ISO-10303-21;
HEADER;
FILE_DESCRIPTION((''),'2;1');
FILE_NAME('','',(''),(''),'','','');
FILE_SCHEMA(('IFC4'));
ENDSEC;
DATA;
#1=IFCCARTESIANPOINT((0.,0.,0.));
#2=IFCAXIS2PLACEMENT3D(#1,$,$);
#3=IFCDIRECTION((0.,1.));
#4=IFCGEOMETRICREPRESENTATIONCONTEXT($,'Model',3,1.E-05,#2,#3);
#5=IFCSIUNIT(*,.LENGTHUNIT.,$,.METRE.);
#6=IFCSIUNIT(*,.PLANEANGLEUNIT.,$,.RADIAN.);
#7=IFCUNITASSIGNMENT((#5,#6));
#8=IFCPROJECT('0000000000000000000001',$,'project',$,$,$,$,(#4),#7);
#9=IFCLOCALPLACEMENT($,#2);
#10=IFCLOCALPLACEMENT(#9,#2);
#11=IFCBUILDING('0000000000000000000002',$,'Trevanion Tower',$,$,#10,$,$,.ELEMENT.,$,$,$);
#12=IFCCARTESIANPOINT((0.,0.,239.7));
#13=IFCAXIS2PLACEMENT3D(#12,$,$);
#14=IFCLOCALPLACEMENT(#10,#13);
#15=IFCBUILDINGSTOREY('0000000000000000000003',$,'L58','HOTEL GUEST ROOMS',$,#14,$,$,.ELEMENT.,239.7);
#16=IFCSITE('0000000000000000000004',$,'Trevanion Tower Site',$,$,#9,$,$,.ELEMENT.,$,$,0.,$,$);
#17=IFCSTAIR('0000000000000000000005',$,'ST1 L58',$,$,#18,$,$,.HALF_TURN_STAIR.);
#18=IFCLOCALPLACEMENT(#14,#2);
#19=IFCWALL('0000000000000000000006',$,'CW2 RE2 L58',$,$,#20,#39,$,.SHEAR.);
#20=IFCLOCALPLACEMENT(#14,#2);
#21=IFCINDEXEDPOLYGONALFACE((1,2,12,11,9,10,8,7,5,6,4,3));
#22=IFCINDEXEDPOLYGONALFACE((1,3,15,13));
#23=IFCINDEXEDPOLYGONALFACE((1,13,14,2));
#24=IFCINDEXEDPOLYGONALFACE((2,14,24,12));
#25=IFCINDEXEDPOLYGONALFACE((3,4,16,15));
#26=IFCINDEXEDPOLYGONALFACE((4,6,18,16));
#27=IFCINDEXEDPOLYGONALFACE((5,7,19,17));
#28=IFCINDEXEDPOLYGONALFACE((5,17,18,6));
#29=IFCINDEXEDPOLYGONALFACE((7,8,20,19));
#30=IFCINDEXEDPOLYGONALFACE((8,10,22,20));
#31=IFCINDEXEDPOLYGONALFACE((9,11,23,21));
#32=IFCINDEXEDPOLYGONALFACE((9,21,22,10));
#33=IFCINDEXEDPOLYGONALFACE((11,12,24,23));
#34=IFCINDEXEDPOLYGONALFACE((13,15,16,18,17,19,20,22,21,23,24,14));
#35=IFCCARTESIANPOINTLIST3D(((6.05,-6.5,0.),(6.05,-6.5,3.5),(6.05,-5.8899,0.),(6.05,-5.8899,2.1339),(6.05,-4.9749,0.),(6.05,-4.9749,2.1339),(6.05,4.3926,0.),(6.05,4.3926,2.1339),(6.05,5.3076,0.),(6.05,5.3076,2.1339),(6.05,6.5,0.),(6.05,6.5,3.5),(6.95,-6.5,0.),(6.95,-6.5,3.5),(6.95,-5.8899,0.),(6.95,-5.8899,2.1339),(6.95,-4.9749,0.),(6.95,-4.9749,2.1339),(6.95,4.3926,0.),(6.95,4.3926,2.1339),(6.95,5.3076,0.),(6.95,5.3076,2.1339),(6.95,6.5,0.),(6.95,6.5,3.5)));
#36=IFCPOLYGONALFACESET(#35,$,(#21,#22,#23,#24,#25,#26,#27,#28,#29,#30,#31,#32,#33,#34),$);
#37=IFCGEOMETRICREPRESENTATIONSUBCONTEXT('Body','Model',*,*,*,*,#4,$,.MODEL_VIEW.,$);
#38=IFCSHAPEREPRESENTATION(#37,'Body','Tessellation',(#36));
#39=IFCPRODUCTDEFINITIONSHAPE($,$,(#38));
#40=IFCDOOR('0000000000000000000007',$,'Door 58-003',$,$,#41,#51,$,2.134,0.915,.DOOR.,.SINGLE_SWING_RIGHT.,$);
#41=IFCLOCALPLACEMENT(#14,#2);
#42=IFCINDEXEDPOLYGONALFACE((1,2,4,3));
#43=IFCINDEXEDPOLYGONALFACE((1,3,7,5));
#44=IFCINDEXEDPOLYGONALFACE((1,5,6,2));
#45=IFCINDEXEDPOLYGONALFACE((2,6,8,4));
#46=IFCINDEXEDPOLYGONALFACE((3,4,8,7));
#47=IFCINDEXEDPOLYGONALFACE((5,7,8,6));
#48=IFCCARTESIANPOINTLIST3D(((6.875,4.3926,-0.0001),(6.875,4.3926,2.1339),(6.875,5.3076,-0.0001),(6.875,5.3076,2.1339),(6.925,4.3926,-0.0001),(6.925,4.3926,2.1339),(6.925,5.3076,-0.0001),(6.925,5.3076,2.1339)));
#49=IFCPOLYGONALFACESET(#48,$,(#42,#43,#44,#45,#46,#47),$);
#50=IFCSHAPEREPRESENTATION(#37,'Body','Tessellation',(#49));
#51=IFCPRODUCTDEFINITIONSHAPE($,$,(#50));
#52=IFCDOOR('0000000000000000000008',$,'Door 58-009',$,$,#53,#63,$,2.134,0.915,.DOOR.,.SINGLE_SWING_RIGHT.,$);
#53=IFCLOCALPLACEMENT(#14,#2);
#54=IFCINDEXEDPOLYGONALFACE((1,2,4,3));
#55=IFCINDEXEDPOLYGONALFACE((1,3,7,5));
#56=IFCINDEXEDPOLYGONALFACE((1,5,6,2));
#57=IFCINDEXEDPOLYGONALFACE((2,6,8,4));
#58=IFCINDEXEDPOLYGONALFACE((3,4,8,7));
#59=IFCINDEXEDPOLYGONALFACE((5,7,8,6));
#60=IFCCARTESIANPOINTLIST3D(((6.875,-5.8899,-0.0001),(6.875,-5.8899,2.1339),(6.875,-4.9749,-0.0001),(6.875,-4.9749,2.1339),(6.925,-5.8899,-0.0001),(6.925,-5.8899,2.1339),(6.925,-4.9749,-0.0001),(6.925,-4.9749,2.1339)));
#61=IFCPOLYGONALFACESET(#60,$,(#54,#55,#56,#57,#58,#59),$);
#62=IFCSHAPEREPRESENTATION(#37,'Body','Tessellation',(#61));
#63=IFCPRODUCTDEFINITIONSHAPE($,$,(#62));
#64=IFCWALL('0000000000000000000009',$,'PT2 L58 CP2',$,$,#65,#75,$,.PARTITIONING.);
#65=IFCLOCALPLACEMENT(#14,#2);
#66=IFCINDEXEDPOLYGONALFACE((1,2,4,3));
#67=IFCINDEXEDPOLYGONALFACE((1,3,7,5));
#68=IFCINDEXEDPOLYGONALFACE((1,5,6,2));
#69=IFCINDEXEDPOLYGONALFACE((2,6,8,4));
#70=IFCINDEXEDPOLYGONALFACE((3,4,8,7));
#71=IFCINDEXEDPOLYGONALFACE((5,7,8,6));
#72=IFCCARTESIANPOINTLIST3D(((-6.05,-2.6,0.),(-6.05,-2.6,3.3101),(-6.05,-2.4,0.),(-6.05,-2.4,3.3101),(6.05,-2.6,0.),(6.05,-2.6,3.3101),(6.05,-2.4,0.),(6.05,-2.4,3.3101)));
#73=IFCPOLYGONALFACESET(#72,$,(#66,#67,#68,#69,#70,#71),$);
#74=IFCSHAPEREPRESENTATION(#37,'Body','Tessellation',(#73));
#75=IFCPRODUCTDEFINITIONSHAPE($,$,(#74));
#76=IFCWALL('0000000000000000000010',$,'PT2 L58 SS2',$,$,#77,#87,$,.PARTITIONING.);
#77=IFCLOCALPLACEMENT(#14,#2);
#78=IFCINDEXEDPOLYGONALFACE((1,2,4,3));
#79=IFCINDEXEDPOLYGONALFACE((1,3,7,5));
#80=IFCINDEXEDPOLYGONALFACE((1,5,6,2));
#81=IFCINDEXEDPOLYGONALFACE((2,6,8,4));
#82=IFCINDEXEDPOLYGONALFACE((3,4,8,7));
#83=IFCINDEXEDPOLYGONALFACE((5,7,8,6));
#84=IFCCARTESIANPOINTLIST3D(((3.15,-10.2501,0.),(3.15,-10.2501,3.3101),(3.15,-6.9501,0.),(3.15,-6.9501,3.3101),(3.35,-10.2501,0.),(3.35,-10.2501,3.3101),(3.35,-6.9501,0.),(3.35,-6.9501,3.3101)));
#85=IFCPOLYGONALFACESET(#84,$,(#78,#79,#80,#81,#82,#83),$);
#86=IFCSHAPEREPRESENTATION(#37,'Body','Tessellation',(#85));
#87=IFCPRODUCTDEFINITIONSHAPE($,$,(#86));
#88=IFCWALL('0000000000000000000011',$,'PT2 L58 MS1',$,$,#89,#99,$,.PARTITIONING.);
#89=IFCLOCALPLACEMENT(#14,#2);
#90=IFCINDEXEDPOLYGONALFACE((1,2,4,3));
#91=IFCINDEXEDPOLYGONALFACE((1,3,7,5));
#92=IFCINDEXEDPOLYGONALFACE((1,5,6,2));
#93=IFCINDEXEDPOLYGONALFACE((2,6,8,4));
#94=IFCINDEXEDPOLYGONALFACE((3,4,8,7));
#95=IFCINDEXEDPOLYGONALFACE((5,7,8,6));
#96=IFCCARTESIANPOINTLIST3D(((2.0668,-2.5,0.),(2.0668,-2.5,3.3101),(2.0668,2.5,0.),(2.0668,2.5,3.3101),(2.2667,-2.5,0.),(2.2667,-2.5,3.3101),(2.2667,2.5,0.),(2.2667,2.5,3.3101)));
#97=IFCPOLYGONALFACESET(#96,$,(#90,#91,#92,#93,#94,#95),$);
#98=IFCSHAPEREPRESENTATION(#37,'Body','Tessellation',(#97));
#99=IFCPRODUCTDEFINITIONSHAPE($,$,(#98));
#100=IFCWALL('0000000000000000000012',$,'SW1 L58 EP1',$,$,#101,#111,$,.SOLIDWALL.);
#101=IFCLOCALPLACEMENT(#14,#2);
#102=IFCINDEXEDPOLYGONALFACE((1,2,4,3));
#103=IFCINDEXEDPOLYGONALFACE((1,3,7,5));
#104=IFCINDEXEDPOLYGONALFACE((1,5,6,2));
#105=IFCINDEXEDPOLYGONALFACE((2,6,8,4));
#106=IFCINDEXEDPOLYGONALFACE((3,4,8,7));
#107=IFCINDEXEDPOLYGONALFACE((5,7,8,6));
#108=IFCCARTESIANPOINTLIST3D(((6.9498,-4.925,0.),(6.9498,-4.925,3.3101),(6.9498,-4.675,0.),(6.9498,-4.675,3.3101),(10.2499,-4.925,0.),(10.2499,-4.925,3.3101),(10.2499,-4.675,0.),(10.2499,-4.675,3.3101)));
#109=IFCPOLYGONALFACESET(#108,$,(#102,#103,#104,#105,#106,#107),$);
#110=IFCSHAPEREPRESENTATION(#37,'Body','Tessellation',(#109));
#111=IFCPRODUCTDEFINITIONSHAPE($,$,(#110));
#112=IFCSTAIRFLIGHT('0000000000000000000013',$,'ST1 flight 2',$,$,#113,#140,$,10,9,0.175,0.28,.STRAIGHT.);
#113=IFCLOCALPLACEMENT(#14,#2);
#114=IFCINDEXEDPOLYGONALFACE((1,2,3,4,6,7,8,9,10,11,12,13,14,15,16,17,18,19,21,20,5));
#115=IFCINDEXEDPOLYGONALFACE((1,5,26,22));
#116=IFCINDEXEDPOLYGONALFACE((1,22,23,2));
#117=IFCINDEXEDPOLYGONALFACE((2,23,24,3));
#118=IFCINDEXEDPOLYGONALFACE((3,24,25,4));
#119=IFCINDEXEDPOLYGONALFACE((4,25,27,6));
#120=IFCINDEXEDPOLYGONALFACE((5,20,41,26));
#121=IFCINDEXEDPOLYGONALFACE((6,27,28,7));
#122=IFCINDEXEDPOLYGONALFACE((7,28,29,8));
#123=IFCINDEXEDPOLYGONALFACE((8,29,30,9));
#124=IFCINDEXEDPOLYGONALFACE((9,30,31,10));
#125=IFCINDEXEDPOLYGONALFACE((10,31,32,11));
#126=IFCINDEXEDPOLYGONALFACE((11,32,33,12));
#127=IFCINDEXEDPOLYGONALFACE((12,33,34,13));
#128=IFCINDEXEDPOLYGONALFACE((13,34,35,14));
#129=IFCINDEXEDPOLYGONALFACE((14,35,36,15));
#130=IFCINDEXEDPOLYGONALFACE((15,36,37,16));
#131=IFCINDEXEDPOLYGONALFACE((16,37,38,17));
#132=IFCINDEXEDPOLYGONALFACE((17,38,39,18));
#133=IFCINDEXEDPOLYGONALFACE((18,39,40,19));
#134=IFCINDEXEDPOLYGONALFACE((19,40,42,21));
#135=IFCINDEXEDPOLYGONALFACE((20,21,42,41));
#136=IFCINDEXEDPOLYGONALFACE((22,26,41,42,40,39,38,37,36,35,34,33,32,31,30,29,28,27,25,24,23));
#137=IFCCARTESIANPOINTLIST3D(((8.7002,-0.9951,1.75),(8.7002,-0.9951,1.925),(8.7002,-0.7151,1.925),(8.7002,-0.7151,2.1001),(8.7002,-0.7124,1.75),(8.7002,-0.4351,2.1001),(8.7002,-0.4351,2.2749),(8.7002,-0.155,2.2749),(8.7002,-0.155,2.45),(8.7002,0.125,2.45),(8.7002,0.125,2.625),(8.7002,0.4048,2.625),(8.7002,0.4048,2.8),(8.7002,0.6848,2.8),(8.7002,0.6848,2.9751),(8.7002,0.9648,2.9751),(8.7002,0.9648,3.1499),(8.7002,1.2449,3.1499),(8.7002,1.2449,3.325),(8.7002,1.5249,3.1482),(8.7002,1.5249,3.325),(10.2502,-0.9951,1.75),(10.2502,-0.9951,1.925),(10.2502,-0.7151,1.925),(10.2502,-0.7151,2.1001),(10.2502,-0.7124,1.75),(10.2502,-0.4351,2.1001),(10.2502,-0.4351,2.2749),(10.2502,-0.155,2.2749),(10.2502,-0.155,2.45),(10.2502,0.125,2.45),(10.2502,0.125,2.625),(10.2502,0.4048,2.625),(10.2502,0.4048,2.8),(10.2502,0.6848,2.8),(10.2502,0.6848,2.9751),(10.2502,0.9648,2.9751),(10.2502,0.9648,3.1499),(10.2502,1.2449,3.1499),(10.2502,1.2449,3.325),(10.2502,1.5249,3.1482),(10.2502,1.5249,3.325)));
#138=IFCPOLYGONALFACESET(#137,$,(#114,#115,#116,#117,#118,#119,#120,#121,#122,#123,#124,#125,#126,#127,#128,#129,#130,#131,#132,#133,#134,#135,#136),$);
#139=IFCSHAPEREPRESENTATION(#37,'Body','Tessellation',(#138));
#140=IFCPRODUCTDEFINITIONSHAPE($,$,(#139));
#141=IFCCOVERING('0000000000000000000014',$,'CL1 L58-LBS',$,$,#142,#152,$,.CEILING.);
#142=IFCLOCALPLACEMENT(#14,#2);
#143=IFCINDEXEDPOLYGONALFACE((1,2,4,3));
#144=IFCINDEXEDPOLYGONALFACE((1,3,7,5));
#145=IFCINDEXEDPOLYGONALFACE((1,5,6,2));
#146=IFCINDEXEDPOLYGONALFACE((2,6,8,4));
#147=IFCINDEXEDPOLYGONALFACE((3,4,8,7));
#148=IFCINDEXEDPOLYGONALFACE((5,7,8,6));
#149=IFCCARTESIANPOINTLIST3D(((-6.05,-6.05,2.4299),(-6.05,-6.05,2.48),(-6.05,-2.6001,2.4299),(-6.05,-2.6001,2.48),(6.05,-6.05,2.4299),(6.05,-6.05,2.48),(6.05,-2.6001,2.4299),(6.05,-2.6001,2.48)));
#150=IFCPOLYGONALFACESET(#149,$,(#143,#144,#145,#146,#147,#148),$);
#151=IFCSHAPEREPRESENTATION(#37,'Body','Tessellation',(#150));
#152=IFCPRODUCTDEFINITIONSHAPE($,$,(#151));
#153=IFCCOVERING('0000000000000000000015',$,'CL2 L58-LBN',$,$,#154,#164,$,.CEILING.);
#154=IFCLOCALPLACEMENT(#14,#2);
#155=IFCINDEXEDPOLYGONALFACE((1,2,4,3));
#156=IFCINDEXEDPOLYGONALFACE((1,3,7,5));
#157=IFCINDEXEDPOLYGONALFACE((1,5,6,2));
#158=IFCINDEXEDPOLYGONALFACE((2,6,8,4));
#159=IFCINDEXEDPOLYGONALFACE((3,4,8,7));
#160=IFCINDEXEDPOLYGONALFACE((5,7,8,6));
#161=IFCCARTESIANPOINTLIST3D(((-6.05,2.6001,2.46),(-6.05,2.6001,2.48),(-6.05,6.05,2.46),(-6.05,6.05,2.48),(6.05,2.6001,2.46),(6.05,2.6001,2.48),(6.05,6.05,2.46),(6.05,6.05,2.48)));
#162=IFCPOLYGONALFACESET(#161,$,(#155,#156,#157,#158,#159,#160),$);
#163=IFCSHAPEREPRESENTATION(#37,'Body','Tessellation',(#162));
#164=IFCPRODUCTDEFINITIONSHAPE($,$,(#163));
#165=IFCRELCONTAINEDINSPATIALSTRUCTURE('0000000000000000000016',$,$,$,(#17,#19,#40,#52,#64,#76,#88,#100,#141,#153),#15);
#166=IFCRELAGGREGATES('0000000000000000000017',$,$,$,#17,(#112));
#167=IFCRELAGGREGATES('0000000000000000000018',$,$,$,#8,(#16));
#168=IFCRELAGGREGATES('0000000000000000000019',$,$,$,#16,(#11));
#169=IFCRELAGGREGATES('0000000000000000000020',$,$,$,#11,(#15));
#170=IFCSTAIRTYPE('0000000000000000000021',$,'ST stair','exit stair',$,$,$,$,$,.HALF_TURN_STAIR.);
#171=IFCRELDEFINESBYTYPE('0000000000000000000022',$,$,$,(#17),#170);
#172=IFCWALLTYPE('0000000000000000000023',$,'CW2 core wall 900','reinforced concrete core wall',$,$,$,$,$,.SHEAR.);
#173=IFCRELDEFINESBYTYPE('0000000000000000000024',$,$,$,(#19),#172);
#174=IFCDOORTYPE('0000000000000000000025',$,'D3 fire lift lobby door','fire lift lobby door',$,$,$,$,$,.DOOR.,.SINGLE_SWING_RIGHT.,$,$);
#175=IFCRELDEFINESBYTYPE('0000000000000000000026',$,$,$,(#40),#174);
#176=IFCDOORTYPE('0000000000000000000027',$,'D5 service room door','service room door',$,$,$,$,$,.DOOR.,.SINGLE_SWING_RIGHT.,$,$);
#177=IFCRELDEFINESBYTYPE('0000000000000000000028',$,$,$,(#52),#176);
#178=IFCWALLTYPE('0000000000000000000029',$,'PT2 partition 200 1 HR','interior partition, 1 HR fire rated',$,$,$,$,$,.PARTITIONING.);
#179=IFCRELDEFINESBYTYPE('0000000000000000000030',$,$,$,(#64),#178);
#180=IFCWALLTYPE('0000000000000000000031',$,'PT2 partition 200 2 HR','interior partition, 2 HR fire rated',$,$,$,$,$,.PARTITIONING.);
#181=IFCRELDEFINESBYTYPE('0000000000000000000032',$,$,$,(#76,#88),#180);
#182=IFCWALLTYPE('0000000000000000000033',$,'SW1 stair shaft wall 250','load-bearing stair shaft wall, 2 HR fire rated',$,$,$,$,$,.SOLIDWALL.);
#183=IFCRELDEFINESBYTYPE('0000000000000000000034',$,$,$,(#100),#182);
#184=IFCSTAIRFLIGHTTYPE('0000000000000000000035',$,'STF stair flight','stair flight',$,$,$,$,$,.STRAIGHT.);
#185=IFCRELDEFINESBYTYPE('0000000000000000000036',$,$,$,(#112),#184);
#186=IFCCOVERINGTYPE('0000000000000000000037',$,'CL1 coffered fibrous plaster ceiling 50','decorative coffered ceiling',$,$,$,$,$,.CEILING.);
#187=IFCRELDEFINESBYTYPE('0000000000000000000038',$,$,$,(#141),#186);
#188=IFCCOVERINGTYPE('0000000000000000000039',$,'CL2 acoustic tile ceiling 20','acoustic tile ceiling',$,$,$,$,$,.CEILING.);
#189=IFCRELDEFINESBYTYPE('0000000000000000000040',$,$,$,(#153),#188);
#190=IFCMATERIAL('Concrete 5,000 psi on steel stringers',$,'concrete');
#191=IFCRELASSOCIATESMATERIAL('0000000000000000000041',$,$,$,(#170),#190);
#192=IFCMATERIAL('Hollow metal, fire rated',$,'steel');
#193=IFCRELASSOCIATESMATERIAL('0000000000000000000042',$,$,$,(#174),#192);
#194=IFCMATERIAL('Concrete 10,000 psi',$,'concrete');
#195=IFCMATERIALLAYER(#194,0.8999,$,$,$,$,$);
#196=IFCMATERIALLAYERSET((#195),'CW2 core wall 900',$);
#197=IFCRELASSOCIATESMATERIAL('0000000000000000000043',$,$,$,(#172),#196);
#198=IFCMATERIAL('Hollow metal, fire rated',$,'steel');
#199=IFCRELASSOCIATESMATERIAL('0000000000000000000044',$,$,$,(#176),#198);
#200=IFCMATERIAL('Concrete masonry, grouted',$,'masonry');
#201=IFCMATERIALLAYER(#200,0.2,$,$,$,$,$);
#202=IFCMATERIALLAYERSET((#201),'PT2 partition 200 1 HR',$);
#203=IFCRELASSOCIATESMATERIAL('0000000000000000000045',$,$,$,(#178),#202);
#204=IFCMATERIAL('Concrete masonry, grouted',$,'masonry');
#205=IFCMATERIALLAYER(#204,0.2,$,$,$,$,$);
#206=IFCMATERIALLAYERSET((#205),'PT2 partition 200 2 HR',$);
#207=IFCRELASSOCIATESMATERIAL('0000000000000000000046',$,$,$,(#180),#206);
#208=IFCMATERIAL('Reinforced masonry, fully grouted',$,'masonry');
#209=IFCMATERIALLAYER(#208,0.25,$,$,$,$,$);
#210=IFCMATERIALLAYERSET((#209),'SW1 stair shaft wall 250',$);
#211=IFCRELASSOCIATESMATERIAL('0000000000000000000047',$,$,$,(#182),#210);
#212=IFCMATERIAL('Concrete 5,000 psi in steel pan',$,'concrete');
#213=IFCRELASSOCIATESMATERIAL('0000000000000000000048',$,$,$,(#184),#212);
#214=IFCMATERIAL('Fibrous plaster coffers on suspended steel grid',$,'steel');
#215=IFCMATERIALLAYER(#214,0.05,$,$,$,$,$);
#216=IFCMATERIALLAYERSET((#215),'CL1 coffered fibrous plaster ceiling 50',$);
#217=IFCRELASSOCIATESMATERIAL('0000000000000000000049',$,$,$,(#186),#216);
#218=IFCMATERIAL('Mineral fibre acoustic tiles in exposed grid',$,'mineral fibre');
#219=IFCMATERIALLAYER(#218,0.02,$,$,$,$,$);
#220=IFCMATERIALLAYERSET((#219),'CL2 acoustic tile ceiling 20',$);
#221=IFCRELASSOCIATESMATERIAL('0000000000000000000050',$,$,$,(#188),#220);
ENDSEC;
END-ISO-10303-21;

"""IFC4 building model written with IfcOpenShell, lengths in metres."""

from ifc_helpers import new_model, si_unit, direction, frame, frame_2d, origin, place, context, subcontext, project, spatial, polyline, rectangle, outline, extrude, material, layer, layer_set, type_object, element, fill, aggregate, save


model = new_model("IFC4")

# Units and contexts
model_context = context("Model", 3, precision=1e-05, world=origin(), true_north=direction((0.0, 1.0)))
body_context = subcontext(model_context, "Body", "Model", "MODEL_VIEW")
ifc_project = project(units=[si_unit("LENGTHUNIT", "METRE"), si_unit("PLANEANGLEUNIT", "RADIAN")], contexts=[model_context])

# Site, building, storey
site_placement = place(None, origin())
site = spatial("IfcSite", under=ifc_project, at=site_placement, Name="Trevanion Tower Site", CompositionType="ELEMENT", RefElevation=0.0)
building_placement = place(site_placement, origin())
building = spatial("IfcBuilding", under=site, at=building_placement, Name="Trevanion Tower", CompositionType="ELEMENT")
storey_placement = place(building_placement, frame((0.0, 0.0, 239.7)))
storey = spatial("IfcBuildingStorey", under=building, at=storey_placement, Name="L58", Description="HOTEL GUEST ROOMS", CompositionType="ELEMENT", Elevation=239.7)

# Stair
ifc_material_1 = material(Name="Concrete 5,000 psi on steel stringers", Category="concrete")
stair_type = type_object("IfcStairType", Name="ST stair", Description="exit stair", PredefinedType="HALF_TURN_STAIR", material=ifc_material_1)
stair_1_placement = place(storey_placement, origin())
stair_1 = element("IfcStair", 1, at=stair_1_placement, inside=storey, type_object=stair_type, Name="ST1 L58", PredefinedType="HALF_TURN_STAIR")

# Shared definitions
ifc_material_2 = material(Name="Hollow metal, fire rated", Category="steel")
door_type_1 = type_object("IfcDoorType", Name="D3 fire lift lobby door", Description="fire lift lobby door", OperationType="SINGLE_SWING_RIGHT", PredefinedType="DOOR", material=ifc_material_2)

# Wall, openings, doors
ifc_material_3 = material(Name="Concrete 10,000 psi", Category="concrete")
ifc_layer_1 = layer(ifc_material_3, 0.8999)
ifc_layer_set_1 = layer_set([ifc_layer_1], Name="CW2 core wall 900")
wall_type_1 = type_object("IfcWallType", Name="CW2 core wall 900", Description="reinforced concrete core wall", PredefinedType="SHEAR", material=ifc_layer_set_1)
wall_1_placement = place(storey_placement, frame((6.5, -6.5, 0.0), z_axis=(0.0, 0.0, 1.0), x_axis=(0.0, 1.0, 0.0)))
wall_1 = element("IfcWall", 2, at=wall_1_placement, inside=storey, type_object=wall_type_1, Name="CW2 RE2 L58", PredefinedType="SHEAR", context=body_context, shape_type="SweptSolid", body=[
    extrude(rectangle(XDim=13.0, YDim=0.8999, at=frame_2d((6.5, 0.0))), origin(), (0.0, 0.0, 1.0), 3.5),
])
opening_1_placement = place(wall_1_placement, frame((10.8926, 0.0, 0.0)))
opening_1 = element("IfcOpeningElement", 3, at=opening_1_placement, cuts=wall_1, PredefinedType="OPENING", context=body_context, shape_type="SweptSolid", body=[
    extrude(rectangle(XDim=0.915, YDim=2.134, at=frame_2d((0.4575, 1.0669))), frame((0.0, 0.46, 0.0), z_axis=(0.0, -1.0, 0.0), x_axis=(1.0, 0.0, 0.0)), (0.0, 0.0, 1.0), 0.9199),
])
opening_2_placement = place(wall_1_placement, frame((0.6101, 0.0, 0.0)))
opening_2 = element("IfcOpeningElement", 4, at=opening_2_placement, cuts=wall_1, PredefinedType="OPENING", context=body_context, shape_type="SweptSolid", body=[
    extrude(rectangle(XDim=0.915, YDim=2.134, at=frame_2d((0.4575, 1.0669))), frame((0.0, 0.46, 0.0), z_axis=(0.0, -1.0, 0.0), x_axis=(1.0, 0.0, 0.0)), (0.0, 0.0, 1.0), 0.9199),
])
door_1_placement = place(opening_1_placement, origin())
door_1 = element("IfcDoor", 5, at=door_1_placement, inside=storey, type_object=door_type_1, Name="Door 58-003", OperationType="SINGLE_SWING_RIGHT", OverallHeight=2.134, OverallWidth=0.915, PredefinedType="DOOR", context=body_context, shape_type="SweptSolid", body=[
    extrude(rectangle(XDim=0.915, YDim=2.134, at=frame_2d((0.4575, 1.0669))), frame((0.0, -0.375, 0.0), z_axis=(0.0, -1.0, 0.0), x_axis=(1.0, 0.0, 0.0)), (0.0, 0.0, 1.0), 0.05),
])
fill(opening_1, door_1)
ifc_material_4 = material(Name="Hollow metal, fire rated", Category="steel")
door_type_2 = type_object("IfcDoorType", Name="D5 service room door", Description="service room door", OperationType="SINGLE_SWING_RIGHT", PredefinedType="DOOR", material=ifc_material_4)
door_2_placement = place(opening_2_placement, origin())
door_2 = element("IfcDoor", 6, at=door_2_placement, inside=storey, type_object=door_type_2, Name="Door 58-009", OperationType="SINGLE_SWING_RIGHT", OverallHeight=2.134, OverallWidth=0.915, PredefinedType="DOOR", context=body_context, shape_type="SweptSolid", body=[
    extrude(rectangle(XDim=0.915, YDim=2.134, at=frame_2d((0.4575, 1.0669))), frame((0.0, -0.375, 0.0), z_axis=(0.0, -1.0, 0.0), x_axis=(1.0, 0.0, 0.0)), (0.0, 0.0, 1.0), 0.05),
])
fill(opening_2, door_2)

# Walls
ifc_material_5 = material(Name="Concrete masonry, grouted", Category="masonry")
ifc_layer_2 = layer(ifc_material_5, 0.2)
ifc_layer_set_2 = layer_set([ifc_layer_2], Name="PT2 partition 200 1 HR")
wall_type_2 = type_object("IfcWallType", Name="PT2 partition 200 1 HR", Description="interior partition, 1 HR fire rated", PredefinedType="PARTITIONING", material=ifc_layer_set_2)
wall_2_placement = place(storey_placement, frame((6.05, -2.5, 0.0), z_axis=(0.0, 0.0, 1.0), x_axis=(-1.0, 0.0, 0.0)))
element("IfcWall", 7, at=wall_2_placement, inside=storey, type_object=wall_type_2, Name="PT2 L58 CP2", PredefinedType="PARTITIONING", context=body_context, shape_type="SweptSolid", body=[
    extrude(rectangle(XDim=12.1001, YDim=0.2, at=frame_2d((6.05, 0.0))), origin(), (0.0, 0.0, 1.0), 3.3101),
])
ifc_material_6 = material(Name="Concrete masonry, grouted", Category="masonry")
ifc_layer_3 = layer(ifc_material_6, 0.2)
ifc_layer_set_3 = layer_set([ifc_layer_3], Name="PT2 partition 200 2 HR")
wall_type_3 = type_object("IfcWallType", Name="PT2 partition 200 2 HR", Description="interior partition, 2 HR fire rated", PredefinedType="PARTITIONING", material=ifc_layer_set_3)
wall_3_placement = place(storey_placement, frame((3.25, -10.25, 0.0), z_axis=(0.0, 0.0, 1.0), x_axis=(0.0, 1.0, 0.0)))
element("IfcWall", 8, at=wall_3_placement, inside=storey, type_object=wall_type_3, Name="PT2 L58 SS2", PredefinedType="PARTITIONING", context=body_context, shape_type="SweptSolid", body=[
    extrude(rectangle(XDim=3.3, YDim=0.2, at=frame_2d((1.6499, 0.0))), origin(), (0.0, 0.0, 1.0), 3.3101),
])
wall_4_placement = place(storey_placement, frame((2.1667, -2.5, 0.0), z_axis=(0.0, 0.0, 1.0), x_axis=(0.0, 1.0, 0.0)))
element("IfcWall", 9, at=wall_4_placement, inside=storey, type_object=wall_type_3, Name="PT2 L58 MS1", PredefinedType="PARTITIONING", context=body_context, shape_type="SweptSolid", body=[
    extrude(rectangle(XDim=5.0, YDim=0.2, at=frame_2d((2.5, 0.0))), origin(), (0.0, 0.0, 1.0), 3.3101),
])
ifc_material_7 = material(Name="Reinforced masonry, fully grouted", Category="masonry")
ifc_layer_4 = layer(ifc_material_7, 0.25)
ifc_layer_set_4 = layer_set([ifc_layer_4], Name="SW1 stair shaft wall 250")
wall_type_4 = type_object("IfcWallType", Name="SW1 stair shaft wall 250", Description="load-bearing stair shaft wall, 2 HR fire rated", PredefinedType="SOLIDWALL", material=ifc_layer_set_4)
wall_5_placement = place(storey_placement, frame((6.95, -4.8, 0.0), z_axis=(0.0, 0.0, 1.0), x_axis=(1.0, 0.0, 0.0)))
element("IfcWall", 10, at=wall_5_placement, inside=storey, type_object=wall_type_4, Name="SW1 L58 EP1", PredefinedType="SOLIDWALL", context=body_context, shape_type="SweptSolid", body=[
    extrude(rectangle(XDim=3.3, YDim=0.25, at=frame_2d((1.6499, 0.0))), origin(), (0.0, 0.0, 1.0), 3.3101),
])

# Stair flight
ifc_material_8 = material(Name="Concrete 5,000 psi in steel pan", Category="concrete")
stair_flight_type = type_object("IfcStairFlightType", Name="STF stair flight", Description="stair flight", PredefinedType="STRAIGHT", material=ifc_material_8)
stair_flight_placement = place(storey_placement, frame((9.4751, -0.9951, 1.75), z_axis=(0.0, 0.0, 1.0), x_axis=(0.0, 1.0, 0.0)))
stair_flight = element("IfcStairFlight", 11, at=stair_flight_placement, type_object=stair_flight_type, Name="ST1 flight 2", NumberOfRisers=10, NumberOfTreads=9, PredefinedType="STRAIGHT", RiserHeight=0.175, TreadLength=0.28, context=body_context, shape_type="SweptSolid", body=[
    extrude(outline(polyline([(0.0, 0.0), (0.0, 0.175), (0.28, 0.175), (0.28, 0.3501), (0.5601, 0.3501), (0.5601, 0.5249), (0.8401, 0.5249), (0.8401, 0.7), (1.1201, 0.7), (1.1201, 0.875), (1.3999, 0.875), (1.3999, 1.05), (1.6799, 1.05), (1.6799, 1.2251), (1.96, 1.2251), (1.96, 1.3999), (2.24, 1.3999), (2.24, 1.575), (2.52, 1.575), (2.52, 1.75), (2.52, 1.3982), (0.2827, 0.0), (0.0, 0.0)])), frame((0.0, 0.7749, 0.0), z_axis=(0.0, -1.0, 0.0), x_axis=(1.0, 0.0, 0.0)), (0.0, 0.0, 1.0), 1.55),
])
aggregate(stair_1, [stair_flight])

# Coverings
ifc_material_9 = material(Name="Fibrous plaster coffers on suspended steel grid", Category="steel")
ifc_layer_5 = layer(ifc_material_9, 0.05)
ifc_layer_set_5 = layer_set([ifc_layer_5], Name="CL1 coffered fibrous plaster ceiling 50")
covering_type_1 = type_object("IfcCoveringType", Name="CL1 coffered fibrous plaster ceiling 50", Description="decorative coffered ceiling", PredefinedType="CEILING", material=ifc_layer_set_5)
covering_1_placement = place(storey_placement, frame((0.0, 0.0, 2.4299)))
element("IfcCovering", 12, at=covering_1_placement, inside=storey, type_object=covering_type_1, Name="CL1 L58-LBS", PredefinedType="CEILING", context=body_context, shape_type="SweptSolid", body=[
    extrude(outline(polyline([(6.05, -6.05), (6.05, -2.6001), (-6.05, -2.6001), (-6.05, -6.05), (6.05, -6.05)])), origin(), (0.0, 0.0, 1.0), 0.05),
])
ifc_material_10 = material(Name="Mineral fibre acoustic tiles in exposed grid", Category="mineral fibre")
ifc_layer_6 = layer(ifc_material_10, 0.02)
ifc_layer_set_6 = layer_set([ifc_layer_6], Name="CL2 acoustic tile ceiling 20")
covering_type_2 = type_object("IfcCoveringType", Name="CL2 acoustic tile ceiling 20", Description="acoustic tile ceiling", PredefinedType="CEILING", material=ifc_layer_set_6)
covering_2_placement = place(storey_placement, frame((0.0, 0.0, 2.46)))
element("IfcCovering", 13, at=covering_2_placement, inside=storey, type_object=covering_type_2, Name="CL2 L58-LBN", PredefinedType="CEILING", context=body_context, shape_type="SweptSolid", body=[
    extrude(outline(polyline([(6.05, 2.6001), (6.05, 6.05), (-6.05, 6.05), (-6.05, 2.6001), (6.05, 2.6001)])), origin(), (0.0, 0.0, 1.0), 0.02),
])

save(model, "model.ifc")
